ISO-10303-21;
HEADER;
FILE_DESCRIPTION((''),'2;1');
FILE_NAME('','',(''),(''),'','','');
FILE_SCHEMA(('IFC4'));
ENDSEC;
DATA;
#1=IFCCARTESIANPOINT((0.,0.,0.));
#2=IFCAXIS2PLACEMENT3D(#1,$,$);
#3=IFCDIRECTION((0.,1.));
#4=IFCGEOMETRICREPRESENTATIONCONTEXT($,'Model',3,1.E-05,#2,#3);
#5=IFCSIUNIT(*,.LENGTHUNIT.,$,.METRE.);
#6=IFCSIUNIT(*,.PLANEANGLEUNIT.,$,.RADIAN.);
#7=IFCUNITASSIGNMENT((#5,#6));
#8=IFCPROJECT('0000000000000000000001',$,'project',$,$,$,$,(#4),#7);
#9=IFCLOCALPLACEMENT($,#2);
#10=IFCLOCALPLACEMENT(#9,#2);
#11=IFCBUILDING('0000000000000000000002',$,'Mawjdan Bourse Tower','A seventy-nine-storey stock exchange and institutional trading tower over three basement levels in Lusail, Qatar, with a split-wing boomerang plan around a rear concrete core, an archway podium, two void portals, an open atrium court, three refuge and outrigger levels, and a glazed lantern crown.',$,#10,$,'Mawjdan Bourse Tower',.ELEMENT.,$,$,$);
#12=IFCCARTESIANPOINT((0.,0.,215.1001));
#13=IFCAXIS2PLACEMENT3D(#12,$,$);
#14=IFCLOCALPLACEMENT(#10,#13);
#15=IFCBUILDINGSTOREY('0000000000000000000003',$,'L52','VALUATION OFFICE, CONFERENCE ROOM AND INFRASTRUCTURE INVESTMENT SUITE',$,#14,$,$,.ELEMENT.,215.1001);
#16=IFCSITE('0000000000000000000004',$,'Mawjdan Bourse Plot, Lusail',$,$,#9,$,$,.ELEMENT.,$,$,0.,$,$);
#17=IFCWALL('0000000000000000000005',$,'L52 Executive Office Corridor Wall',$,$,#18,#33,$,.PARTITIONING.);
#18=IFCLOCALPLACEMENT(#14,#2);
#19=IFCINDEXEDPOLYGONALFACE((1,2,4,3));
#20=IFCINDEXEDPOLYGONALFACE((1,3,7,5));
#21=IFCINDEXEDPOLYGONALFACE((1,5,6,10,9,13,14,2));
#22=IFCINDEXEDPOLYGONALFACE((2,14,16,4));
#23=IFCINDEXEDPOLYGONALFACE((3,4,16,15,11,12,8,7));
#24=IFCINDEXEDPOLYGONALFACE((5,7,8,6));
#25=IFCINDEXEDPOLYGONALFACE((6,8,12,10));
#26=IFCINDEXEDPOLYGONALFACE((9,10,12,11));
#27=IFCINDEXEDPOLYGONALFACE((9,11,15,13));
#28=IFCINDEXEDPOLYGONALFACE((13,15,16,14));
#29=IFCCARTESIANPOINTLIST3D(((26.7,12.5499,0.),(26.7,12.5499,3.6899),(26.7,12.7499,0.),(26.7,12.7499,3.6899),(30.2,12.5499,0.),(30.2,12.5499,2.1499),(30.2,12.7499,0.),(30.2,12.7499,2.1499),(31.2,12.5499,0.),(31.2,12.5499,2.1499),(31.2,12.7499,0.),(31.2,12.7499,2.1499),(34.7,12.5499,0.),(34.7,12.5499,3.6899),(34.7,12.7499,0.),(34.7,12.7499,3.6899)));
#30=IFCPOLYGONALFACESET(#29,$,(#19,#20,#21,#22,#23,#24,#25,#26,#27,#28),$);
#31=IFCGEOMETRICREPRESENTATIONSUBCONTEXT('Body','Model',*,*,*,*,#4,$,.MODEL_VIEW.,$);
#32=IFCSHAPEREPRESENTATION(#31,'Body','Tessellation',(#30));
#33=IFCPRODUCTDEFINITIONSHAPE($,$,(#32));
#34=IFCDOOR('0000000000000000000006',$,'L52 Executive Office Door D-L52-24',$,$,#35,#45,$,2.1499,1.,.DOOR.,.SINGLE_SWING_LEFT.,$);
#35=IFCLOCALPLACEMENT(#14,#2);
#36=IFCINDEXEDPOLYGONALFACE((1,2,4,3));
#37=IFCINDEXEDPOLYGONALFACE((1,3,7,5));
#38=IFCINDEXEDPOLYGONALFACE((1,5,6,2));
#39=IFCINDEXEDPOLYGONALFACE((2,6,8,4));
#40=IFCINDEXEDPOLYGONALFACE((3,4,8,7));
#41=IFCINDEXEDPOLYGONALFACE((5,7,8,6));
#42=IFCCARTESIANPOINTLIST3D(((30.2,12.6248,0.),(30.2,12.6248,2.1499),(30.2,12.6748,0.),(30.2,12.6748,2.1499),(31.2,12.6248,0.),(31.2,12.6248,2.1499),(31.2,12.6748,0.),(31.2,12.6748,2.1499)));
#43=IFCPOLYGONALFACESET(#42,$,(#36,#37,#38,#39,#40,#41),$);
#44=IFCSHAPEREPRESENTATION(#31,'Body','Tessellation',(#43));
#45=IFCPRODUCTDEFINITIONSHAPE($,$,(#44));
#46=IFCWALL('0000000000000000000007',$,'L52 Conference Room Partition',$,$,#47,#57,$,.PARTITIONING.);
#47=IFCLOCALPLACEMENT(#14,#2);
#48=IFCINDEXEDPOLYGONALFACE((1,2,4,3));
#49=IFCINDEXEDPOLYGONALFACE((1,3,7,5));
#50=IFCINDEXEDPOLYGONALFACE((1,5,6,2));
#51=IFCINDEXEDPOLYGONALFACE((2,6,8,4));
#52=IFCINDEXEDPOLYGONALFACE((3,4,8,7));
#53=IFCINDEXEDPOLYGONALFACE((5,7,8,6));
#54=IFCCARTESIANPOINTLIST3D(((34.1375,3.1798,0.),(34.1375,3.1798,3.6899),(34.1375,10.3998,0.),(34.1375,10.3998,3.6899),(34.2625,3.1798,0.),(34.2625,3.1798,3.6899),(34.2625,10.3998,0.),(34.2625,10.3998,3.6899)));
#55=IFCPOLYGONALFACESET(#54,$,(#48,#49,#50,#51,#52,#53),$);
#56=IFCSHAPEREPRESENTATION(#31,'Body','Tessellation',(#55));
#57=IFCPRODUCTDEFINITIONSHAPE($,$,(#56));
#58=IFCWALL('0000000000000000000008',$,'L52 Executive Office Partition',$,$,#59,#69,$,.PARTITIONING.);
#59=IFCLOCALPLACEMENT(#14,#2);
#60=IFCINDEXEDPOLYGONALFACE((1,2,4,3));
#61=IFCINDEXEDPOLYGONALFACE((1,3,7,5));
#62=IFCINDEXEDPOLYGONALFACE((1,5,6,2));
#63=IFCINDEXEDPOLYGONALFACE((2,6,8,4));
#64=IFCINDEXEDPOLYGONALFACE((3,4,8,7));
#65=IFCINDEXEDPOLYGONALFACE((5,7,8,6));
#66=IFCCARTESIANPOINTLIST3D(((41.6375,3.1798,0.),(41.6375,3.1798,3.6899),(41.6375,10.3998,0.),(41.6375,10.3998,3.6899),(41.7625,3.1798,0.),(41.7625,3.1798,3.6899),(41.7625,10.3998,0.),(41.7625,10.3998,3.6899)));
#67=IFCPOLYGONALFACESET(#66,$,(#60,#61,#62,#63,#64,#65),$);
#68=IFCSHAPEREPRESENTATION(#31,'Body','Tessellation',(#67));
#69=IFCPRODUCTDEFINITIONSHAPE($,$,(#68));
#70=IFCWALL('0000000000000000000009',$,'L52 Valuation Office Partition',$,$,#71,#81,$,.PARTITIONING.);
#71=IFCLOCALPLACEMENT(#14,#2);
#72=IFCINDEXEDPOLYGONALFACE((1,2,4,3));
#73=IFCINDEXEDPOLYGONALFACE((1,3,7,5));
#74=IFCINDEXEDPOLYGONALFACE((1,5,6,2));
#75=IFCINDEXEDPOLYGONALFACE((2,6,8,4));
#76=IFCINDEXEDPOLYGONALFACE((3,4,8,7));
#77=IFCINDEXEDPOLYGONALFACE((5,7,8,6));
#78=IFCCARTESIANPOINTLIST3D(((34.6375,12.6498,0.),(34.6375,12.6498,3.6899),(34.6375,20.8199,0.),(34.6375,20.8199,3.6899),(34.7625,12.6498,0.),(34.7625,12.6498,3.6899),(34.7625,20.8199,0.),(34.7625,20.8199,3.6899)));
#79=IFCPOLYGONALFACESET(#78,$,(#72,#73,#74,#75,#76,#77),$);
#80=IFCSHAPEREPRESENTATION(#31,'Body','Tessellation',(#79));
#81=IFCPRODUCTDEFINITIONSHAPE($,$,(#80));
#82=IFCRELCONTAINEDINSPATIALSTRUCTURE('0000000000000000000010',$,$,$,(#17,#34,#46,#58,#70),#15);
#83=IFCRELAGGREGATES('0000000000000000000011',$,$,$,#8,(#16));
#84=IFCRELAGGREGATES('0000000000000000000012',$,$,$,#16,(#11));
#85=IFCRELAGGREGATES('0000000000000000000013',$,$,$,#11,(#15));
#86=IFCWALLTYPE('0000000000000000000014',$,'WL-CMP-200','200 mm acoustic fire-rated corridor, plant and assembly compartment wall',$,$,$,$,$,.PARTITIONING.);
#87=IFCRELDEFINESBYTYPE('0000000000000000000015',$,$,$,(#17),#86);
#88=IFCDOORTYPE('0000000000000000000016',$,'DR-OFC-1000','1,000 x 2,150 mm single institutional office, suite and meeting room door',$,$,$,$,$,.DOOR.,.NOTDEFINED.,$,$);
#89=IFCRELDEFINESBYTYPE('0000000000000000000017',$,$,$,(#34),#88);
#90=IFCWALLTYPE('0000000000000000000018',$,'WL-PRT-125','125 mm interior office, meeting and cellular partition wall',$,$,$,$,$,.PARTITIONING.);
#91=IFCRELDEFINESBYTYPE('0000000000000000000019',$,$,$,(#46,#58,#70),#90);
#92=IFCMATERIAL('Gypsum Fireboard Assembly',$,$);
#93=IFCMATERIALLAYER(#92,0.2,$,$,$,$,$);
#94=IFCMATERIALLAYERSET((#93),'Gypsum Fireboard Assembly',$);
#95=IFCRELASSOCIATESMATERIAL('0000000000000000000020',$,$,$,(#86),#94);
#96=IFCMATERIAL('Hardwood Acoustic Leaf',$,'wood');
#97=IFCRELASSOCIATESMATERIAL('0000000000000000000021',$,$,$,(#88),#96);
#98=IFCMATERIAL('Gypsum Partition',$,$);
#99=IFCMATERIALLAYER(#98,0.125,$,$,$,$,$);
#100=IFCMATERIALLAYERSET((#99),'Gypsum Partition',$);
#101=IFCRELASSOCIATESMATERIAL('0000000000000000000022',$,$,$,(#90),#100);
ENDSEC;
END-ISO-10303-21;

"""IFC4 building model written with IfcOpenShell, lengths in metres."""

from ifc_helpers import new_model, si_unit, direction, frame, frame_2d, origin, place, context, subcontext, project, spatial, rectangle, extrude, material, layer, layer_set, type_object, element, fill, save


model = new_model("IFC4")

# Units and contexts
model_context = context("Model", 3, precision=1e-05, world=origin(), true_north=direction((0.0, 1.0)))
body_context = subcontext(model_context, "Body", "Model", "MODEL_VIEW")
ifc_project = project(units=[si_unit("LENGTHUNIT", "METRE"), si_unit("PLANEANGLEUNIT", "RADIAN")], contexts=[model_context])

# Site, building, storey
site_placement = place(None, origin())
site = spatial("IfcSite", under=ifc_project, at=site_placement, Name="Mawjdan Bourse Plot, Lusail", CompositionType="ELEMENT", RefElevation=0.0)
building_placement = place(site_placement, origin())
building = spatial("IfcBuilding", under=site, at=building_placement, Name="Mawjdan Bourse Tower", Description="A seventy-nine-storey stock exchange and institutional trading tower over three basement levels in Lusail, Qatar, with a split-wing boomerang plan around a rear concrete core, an archway podium, two void portals, an open atrium court, three refuge and outrigger levels, and a glazed lantern crown.", LongName="Mawjdan Bourse Tower", CompositionType="ELEMENT")
storey_placement = place(building_placement, frame((0.0, 0.0, 215.1001)))
storey = spatial("IfcBuildingStorey", under=building, at=storey_placement, Name="L52", Description="VALUATION OFFICE, CONFERENCE ROOM AND INFRASTRUCTURE INVESTMENT SUITE", CompositionType="ELEMENT", Elevation=215.1001)

# Shared definitions
ifc_material_1 = material(Name="Gypsum Fireboard Assembly")
ifc_layer_1 = layer(ifc_material_1, 0.2)
ifc_layer_set_1 = layer_set([ifc_layer_1], Name="Gypsum Fireboard Assembly")
wall_type_1 = type_object("IfcWallType", Name="WL-CMP-200", Description="200 mm acoustic fire-rated corridor, plant and assembly compartment wall", PredefinedType="PARTITIONING", material=ifc_layer_set_1)

# Wall, opening, door
ifc_material_2 = material(Name="Hardwood Acoustic Leaf", Category="wood")
door_type_1 = type_object("IfcDoorType", Name="DR-OFC-1000", Description="1,000 x 2,150 mm single institutional office, suite and meeting room door", OperationType="NOTDEFINED", PredefinedType="DOOR", material=ifc_material_2)
wall_1_placement = place(storey_placement, frame((26.7, 12.6499, 0.0), z_axis=(0.0, 0.0, 1.0), x_axis=(1.0, 0.0, 0.0)))
wall_1 = element("IfcWall", 1, at=wall_1_placement, inside=storey, type_object=wall_type_1, Name="L52 Executive Office Corridor Wall", PredefinedType="PARTITIONING", context=body_context, shape_type="SweptSolid", body=[
    extrude(rectangle(XDim=8.0, YDim=0.2, at=frame_2d((4.0, 0.0))), origin(), (0.0, 0.0, 1.0), 3.6899),
])
opening_1_placement = place(wall_1_placement, frame((3.5, 0.0, 0.0)))
opening_1 = element("IfcOpeningElement", 2, at=opening_1_placement, cuts=wall_1, PredefinedType="OPENING", context=body_context, shape_type="SweptSolid", body=[
    extrude(rectangle(XDim=1.0, YDim=2.1499, at=frame_2d((0.5, 1.075))), frame((0.0, 0.1099, 0.0), z_axis=(0.0, -1.0, 0.0), x_axis=(1.0, 0.0, 0.0)), (0.0, 0.0, 1.0), 0.22),
])
door_1_placement = place(opening_1_placement, origin())
door_1 = element("IfcDoor", 3, at=door_1_placement, inside=storey, type_object=door_type_1, Name="L52 Executive Office Door D-L52-24", OperationType="SINGLE_SWING_LEFT", OverallHeight=2.1499, OverallWidth=1.0, PredefinedType="DOOR", context=body_context, shape_type="SweptSolid", body=[
    extrude(rectangle(XDim=1.0, YDim=2.1499, at=frame_2d((0.5, 1.075))), frame((0.0, 0.0249, 0.0), z_axis=(0.0, -1.0, 0.0), x_axis=(1.0, 0.0, 0.0)), (0.0, 0.0, 1.0), 0.05),
])
fill(opening_1, door_1)

# Walls
ifc_material_3 = material(Name="Gypsum Partition")
ifc_layer_2 = layer(ifc_material_3, 0.125)
ifc_layer_set_2 = layer_set([ifc_layer_2], Name="Gypsum Partition")
wall_type_2 = type_object("IfcWallType", Name="WL-PRT-125", Description="125 mm interior office, meeting and cellular partition wall", PredefinedType="PARTITIONING", material=ifc_layer_set_2)
for number, where, z_axis, x_axis, name in (
    (4, (34.2, 3.1799, 0.0), (0.0, 0.0, 1.0), (0.0, 1.0, 0.0), "L52 Conference Room Partition"),
    (5, (41.7, 3.1799, 0.0), (0.0, 0.0, 1.0), (0.0, 1.0, 0.0), "L52 Executive Office Partition"),
):
    element("IfcWall", number, at=place(storey_placement, frame(where, z_axis=z_axis, x_axis=x_axis)), inside=storey, type_object=wall_type_2, Name=name, PredefinedType="PARTITIONING", context=body_context, shape_type="SweptSolid", body=[
        extrude(rectangle(XDim=7.22, YDim=0.125, at=frame_2d((3.6099, 0.0))), origin(), (0.0, 0.0, 1.0), 3.6899),
    ])
wall_2_placement = place(storey_placement, frame((34.7, 12.6499, 0.0), z_axis=(0.0, 0.0, 1.0), x_axis=(0.0, 1.0, 0.0)))
element("IfcWall", 6, at=wall_2_placement, inside=storey, type_object=wall_type_2, Name="L52 Valuation Office Partition", PredefinedType="PARTITIONING", context=body_context, shape_type="SweptSolid", body=[
    extrude(rectangle(XDim=8.1702, YDim=0.125, at=frame_2d((4.085, 0.0))), origin(), (0.0, 0.0, 1.0), 3.6899),
])

save(model, "model.ifc")
